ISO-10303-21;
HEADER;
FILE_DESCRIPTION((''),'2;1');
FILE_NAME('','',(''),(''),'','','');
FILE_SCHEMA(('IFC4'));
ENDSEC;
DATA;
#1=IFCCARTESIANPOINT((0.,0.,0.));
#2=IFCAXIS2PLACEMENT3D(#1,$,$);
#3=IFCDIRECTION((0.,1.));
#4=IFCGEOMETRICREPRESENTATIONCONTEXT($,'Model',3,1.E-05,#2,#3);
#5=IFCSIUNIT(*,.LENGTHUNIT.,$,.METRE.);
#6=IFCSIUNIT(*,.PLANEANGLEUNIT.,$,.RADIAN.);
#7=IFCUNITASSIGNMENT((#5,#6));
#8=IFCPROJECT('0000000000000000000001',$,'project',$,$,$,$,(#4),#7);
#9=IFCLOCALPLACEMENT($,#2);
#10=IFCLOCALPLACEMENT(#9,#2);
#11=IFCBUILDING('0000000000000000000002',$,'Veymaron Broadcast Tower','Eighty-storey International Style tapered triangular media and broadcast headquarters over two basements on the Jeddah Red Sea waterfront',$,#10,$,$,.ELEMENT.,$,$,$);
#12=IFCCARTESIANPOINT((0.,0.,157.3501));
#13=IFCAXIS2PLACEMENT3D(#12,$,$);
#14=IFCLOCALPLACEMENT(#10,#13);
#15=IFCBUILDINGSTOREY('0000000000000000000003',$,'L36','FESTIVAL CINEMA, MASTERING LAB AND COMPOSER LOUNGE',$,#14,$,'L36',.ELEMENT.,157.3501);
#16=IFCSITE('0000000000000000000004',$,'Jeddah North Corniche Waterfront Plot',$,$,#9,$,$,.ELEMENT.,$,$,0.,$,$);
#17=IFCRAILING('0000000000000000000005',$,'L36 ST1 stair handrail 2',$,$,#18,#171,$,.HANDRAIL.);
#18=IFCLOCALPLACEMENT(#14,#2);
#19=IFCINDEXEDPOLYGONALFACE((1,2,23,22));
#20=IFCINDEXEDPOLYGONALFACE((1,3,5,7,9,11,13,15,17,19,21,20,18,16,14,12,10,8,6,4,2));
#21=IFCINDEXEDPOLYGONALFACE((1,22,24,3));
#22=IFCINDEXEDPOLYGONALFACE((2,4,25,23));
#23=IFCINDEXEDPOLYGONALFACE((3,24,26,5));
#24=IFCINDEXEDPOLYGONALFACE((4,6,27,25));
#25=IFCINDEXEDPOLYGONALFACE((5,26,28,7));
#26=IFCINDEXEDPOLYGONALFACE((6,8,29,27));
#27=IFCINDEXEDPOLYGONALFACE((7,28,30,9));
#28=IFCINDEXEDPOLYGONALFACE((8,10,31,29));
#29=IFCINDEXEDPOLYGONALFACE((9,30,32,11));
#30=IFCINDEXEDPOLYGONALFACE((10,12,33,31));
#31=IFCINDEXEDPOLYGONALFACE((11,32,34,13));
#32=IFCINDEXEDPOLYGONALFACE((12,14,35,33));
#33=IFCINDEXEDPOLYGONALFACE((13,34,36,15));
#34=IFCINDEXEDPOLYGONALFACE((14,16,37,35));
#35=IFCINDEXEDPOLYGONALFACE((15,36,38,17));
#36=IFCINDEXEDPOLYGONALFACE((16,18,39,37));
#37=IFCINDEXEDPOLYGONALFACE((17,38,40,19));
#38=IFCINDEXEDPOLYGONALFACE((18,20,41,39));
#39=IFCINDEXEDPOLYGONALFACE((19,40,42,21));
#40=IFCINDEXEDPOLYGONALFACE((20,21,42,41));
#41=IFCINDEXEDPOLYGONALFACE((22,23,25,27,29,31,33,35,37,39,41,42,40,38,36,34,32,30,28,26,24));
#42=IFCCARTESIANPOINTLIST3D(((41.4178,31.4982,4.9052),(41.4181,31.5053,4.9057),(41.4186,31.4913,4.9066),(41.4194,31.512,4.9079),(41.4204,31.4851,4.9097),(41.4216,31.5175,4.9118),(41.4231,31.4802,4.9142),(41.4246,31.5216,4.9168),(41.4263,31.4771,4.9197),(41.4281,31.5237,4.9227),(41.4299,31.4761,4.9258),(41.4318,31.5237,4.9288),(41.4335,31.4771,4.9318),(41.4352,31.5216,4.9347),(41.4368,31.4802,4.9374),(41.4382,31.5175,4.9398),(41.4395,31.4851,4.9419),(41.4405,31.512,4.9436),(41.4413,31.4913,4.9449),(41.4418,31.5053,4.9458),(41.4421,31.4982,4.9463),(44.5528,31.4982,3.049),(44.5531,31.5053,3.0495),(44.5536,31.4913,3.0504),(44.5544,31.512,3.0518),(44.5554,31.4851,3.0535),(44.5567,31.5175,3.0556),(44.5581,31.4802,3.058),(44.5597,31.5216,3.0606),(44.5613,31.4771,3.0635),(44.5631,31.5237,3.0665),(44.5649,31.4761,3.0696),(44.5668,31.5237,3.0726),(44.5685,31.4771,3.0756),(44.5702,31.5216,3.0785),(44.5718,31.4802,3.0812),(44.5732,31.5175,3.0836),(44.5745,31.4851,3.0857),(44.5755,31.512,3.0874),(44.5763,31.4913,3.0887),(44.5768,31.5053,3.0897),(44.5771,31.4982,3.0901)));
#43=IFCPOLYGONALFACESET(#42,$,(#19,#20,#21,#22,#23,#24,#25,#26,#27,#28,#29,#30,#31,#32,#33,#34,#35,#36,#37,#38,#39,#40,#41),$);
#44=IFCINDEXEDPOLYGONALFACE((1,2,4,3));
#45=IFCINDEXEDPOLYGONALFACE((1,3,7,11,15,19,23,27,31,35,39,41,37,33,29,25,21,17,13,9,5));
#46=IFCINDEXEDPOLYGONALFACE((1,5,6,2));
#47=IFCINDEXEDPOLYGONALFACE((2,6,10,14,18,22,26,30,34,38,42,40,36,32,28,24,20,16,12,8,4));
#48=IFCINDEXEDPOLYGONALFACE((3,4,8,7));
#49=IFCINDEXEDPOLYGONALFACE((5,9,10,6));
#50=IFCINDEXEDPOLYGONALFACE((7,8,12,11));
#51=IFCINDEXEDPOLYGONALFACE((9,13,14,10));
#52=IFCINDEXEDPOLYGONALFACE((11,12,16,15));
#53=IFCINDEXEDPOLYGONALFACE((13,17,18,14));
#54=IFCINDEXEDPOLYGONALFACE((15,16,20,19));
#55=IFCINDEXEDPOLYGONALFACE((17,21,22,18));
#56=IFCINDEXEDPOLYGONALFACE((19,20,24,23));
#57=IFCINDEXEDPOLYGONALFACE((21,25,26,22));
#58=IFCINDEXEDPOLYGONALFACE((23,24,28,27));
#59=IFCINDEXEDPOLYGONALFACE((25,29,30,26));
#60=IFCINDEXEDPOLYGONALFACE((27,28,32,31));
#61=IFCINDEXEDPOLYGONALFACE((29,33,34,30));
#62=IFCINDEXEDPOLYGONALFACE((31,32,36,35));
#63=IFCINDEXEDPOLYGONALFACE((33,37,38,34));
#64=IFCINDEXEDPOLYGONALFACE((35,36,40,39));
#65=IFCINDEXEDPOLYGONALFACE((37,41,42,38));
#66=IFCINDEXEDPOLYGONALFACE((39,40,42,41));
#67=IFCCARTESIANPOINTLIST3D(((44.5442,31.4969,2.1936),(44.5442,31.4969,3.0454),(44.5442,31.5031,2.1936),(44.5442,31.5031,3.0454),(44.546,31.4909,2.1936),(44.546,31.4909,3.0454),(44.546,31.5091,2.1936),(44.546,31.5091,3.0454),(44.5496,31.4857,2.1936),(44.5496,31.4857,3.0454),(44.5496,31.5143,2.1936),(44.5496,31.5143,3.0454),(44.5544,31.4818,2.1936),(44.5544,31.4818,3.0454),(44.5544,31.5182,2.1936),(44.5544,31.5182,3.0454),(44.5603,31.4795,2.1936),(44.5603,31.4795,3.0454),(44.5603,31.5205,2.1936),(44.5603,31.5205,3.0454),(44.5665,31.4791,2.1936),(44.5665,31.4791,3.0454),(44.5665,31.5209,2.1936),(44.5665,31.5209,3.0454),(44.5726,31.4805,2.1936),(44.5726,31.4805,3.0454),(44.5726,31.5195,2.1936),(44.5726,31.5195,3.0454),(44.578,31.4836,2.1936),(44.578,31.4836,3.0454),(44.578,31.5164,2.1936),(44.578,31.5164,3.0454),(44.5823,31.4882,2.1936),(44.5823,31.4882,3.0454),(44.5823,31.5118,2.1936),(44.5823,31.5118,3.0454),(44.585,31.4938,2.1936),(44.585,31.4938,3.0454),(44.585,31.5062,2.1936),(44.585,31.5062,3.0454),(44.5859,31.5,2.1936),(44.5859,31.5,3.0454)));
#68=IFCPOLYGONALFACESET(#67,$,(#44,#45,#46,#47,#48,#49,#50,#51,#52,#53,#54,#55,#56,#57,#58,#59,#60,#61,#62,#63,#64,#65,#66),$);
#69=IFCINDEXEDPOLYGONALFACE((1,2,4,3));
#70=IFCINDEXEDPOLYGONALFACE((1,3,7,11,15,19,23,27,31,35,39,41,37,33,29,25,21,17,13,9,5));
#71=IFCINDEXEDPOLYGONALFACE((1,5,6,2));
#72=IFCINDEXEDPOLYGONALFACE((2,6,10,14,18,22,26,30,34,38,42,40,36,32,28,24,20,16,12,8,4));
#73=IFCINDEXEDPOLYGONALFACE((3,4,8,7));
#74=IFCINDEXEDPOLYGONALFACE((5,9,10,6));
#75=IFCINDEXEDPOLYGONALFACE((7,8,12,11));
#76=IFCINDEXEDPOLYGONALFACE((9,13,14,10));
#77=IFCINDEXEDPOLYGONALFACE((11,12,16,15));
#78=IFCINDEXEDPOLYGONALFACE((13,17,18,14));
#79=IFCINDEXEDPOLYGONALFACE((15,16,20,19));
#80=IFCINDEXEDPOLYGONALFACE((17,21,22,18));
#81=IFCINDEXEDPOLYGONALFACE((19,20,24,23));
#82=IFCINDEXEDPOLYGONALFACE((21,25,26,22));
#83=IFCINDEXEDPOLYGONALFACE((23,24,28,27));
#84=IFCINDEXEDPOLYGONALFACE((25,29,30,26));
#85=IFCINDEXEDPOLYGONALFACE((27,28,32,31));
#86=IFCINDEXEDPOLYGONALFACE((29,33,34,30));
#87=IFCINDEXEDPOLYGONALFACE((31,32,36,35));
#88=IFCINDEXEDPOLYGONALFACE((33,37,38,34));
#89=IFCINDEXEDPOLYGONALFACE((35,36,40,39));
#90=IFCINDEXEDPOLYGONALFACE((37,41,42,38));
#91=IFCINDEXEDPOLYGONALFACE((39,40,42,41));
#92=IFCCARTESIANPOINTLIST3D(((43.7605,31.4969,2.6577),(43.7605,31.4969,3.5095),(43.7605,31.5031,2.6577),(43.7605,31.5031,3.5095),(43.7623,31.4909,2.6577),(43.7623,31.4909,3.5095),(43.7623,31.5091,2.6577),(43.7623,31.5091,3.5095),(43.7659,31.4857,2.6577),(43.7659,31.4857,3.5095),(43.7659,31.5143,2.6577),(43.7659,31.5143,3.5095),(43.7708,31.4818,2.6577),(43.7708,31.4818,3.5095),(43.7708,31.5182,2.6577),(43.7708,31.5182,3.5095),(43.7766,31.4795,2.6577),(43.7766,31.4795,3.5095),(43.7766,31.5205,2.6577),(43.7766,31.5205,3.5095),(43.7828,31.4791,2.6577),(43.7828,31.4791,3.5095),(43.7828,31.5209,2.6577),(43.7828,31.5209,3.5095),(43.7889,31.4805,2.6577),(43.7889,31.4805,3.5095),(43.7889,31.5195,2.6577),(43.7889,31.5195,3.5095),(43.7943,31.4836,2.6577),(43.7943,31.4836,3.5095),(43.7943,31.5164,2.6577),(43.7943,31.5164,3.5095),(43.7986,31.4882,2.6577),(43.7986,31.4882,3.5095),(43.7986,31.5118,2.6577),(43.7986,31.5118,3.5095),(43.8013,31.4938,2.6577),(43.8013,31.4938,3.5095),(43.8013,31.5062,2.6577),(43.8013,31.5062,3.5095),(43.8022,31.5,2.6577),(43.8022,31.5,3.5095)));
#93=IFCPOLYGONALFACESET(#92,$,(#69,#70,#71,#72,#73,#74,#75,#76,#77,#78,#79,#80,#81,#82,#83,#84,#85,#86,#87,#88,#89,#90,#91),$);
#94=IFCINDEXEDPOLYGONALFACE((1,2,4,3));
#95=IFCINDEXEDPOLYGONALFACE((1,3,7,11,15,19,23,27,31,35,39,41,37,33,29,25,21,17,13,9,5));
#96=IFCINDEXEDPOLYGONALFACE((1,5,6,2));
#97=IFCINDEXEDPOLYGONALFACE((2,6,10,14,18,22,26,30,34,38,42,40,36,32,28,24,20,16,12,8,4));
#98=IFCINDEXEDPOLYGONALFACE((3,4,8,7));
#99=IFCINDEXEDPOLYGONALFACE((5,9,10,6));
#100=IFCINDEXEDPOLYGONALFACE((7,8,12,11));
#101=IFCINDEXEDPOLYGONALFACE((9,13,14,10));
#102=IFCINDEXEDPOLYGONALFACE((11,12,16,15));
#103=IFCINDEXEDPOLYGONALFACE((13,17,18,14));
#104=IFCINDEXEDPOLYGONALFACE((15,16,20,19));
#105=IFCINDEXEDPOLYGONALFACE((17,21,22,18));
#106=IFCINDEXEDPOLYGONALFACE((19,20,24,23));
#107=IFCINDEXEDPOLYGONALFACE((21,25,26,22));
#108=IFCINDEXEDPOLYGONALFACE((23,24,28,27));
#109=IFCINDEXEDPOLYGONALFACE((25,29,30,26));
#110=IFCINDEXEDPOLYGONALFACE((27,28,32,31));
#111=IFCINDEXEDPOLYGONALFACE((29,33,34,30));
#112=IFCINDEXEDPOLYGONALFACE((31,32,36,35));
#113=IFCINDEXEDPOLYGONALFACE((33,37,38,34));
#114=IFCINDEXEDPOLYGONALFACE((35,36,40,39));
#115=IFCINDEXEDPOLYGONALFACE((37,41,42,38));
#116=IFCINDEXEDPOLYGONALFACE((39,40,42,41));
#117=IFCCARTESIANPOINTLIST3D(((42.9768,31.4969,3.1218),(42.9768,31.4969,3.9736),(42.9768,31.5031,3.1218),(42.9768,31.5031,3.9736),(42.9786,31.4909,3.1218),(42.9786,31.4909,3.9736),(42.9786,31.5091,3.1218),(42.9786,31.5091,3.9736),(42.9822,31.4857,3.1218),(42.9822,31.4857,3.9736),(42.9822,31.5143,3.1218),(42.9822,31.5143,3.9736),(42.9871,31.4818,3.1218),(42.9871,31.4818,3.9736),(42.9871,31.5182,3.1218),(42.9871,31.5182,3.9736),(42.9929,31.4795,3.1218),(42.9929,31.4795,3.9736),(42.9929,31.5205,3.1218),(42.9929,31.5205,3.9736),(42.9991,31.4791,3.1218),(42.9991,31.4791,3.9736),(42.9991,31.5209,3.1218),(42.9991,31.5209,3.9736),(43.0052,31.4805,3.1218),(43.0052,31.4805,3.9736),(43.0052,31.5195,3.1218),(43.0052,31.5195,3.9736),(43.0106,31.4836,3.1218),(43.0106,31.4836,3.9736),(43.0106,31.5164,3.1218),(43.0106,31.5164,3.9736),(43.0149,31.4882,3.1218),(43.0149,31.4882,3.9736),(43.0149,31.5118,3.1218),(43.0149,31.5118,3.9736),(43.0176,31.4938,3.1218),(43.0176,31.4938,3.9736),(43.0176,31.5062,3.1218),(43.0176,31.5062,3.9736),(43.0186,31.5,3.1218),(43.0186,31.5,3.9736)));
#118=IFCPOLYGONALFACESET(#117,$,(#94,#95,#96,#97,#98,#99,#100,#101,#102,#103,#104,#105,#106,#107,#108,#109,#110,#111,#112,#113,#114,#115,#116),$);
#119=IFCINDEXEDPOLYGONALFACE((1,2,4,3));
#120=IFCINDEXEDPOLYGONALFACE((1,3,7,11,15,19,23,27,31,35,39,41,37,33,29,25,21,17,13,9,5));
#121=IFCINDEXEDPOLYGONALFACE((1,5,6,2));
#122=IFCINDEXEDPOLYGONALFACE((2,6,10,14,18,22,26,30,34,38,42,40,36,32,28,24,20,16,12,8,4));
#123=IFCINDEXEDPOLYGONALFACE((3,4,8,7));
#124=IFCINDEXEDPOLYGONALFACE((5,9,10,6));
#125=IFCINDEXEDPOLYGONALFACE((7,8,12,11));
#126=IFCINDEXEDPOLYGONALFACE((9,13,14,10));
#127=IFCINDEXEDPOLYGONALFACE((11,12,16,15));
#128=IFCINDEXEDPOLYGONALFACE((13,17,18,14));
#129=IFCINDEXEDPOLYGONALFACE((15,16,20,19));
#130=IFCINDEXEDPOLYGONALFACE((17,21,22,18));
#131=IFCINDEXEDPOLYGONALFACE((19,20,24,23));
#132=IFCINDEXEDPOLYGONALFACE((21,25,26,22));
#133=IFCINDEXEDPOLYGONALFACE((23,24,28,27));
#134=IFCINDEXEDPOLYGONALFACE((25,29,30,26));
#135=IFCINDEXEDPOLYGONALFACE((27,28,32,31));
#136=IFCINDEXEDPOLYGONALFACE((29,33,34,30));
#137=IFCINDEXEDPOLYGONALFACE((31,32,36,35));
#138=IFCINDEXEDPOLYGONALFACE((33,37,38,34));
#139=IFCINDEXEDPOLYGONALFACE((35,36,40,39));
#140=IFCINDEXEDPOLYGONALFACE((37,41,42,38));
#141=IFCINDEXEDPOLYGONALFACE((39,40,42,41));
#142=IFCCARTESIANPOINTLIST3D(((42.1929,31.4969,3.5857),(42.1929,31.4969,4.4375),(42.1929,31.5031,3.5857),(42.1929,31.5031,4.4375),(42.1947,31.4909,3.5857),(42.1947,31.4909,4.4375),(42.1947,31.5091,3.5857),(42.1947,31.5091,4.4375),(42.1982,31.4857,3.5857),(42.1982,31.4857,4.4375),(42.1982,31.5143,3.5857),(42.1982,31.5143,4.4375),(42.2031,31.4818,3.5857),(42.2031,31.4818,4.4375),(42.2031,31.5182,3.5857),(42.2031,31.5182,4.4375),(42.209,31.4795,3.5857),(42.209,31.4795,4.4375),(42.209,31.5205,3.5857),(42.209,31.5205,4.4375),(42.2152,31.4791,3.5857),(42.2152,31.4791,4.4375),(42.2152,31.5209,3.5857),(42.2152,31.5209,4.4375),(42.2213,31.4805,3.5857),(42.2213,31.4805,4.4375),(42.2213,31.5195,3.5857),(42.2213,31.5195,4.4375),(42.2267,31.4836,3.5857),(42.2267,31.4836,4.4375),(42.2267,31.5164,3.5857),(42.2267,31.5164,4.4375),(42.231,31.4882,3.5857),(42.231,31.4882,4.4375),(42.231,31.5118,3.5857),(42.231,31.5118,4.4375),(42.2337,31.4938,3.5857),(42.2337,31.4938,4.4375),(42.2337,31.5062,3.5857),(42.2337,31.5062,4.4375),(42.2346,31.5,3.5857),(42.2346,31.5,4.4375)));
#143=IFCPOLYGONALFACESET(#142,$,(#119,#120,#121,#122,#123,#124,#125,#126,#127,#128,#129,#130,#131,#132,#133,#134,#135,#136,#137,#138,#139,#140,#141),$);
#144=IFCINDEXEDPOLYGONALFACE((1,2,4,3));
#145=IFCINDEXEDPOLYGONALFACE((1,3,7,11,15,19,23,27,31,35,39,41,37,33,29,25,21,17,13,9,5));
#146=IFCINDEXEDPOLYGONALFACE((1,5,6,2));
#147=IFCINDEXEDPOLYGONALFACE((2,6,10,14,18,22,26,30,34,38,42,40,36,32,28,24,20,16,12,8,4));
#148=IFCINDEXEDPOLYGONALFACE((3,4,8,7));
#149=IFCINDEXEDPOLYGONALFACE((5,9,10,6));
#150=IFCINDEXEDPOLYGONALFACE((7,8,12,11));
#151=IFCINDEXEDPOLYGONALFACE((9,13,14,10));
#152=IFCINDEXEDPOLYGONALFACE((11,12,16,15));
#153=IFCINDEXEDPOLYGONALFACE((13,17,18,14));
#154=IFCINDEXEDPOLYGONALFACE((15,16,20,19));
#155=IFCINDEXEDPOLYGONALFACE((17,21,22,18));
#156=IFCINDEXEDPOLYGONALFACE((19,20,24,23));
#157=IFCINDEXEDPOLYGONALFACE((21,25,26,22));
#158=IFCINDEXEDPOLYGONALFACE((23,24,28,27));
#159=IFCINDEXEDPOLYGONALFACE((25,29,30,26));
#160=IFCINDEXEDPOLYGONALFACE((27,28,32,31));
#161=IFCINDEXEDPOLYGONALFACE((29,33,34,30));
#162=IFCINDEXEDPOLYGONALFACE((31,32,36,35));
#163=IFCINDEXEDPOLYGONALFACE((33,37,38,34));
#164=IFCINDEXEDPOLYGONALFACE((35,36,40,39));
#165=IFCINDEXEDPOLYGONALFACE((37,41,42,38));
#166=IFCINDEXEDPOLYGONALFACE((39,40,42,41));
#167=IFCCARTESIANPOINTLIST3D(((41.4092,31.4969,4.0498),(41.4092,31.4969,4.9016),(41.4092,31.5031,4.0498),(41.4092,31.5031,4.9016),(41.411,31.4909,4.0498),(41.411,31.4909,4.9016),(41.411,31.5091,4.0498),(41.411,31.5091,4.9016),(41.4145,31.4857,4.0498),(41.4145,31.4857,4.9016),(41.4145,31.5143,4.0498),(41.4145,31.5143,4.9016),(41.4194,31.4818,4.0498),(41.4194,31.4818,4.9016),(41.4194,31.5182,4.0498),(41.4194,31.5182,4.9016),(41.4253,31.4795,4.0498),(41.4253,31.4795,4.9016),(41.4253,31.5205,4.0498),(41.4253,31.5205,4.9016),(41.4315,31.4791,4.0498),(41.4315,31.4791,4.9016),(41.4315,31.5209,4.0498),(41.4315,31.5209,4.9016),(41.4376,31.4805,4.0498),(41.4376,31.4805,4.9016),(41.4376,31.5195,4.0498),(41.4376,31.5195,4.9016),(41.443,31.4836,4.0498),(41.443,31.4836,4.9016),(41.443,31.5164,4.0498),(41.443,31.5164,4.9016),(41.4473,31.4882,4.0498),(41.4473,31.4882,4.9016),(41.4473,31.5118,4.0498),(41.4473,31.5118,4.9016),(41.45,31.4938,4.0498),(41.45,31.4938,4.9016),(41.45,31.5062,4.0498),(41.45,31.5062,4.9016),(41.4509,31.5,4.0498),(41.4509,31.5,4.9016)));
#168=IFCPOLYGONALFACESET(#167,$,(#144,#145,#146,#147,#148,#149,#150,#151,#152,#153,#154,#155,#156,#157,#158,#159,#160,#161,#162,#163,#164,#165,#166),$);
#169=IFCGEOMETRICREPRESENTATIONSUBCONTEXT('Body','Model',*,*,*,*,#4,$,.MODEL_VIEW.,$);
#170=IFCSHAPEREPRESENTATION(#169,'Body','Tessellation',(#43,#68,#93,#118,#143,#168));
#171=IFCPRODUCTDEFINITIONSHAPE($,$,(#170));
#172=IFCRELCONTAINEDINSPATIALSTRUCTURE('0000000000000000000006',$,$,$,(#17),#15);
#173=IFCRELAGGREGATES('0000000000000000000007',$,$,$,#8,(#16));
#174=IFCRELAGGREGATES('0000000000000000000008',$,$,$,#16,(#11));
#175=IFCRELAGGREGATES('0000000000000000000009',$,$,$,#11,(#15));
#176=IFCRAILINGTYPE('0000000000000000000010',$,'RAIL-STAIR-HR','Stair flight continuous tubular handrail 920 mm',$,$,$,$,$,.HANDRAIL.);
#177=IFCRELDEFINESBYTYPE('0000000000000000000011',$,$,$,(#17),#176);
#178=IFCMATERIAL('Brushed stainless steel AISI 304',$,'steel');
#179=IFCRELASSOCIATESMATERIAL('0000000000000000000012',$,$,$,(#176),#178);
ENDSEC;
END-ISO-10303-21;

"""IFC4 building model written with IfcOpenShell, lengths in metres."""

from ifc_helpers import new_model, si_unit, direction, frame, origin, origin_2d, place, context, subcontext, project, spatial, circle, extrude, material, type_object, element, save


model = new_model("IFC4")

# Units and contexts
model_context = context("Model", 3, precision=1e-05, world=origin(), true_north=direction((0.0, 1.0)))
body_context = subcontext(model_context, "Body", "Model", "MODEL_VIEW")
ifc_project = project(units=[si_unit("LENGTHUNIT", "METRE"), si_unit("PLANEANGLEUNIT", "RADIAN")], contexts=[model_context])

# Site, building, storey
site_placement = place(None, origin())
site = spatial("IfcSite", under=ifc_project, at=site_placement, Name="Jeddah North Corniche Waterfront Plot", CompositionType="ELEMENT", RefElevation=0.0)
building_placement = place(site_placement, origin())
building = spatial("IfcBuilding", under=site, at=building_placement, Name="Veymaron Broadcast Tower", Description="Eighty-storey International Style tapered triangular media and broadcast headquarters over two basements on the Jeddah Red Sea waterfront", CompositionType="ELEMENT")
storey_placement = place(building_placement, frame((0.0, 0.0, 157.3501)))
storey = spatial("IfcBuildingStorey", under=building, at=storey_placement, Name="L36", Description="FESTIVAL CINEMA, MASTERING LAB AND COMPOSER LOUNGE", LongName="L36", CompositionType="ELEMENT", Elevation=157.3501)

# Railing
ifc_material_1 = material(Name="Brushed stainless steel AISI 304", Category="steel")
railing_type_1 = type_object("IfcRailingType", Name="RAIL-STAIR-HR", Description="Stair flight continuous tubular handrail 920 mm", PredefinedType="HANDRAIL", material=ifc_material_1)
railing_1_placement = place(storey_placement, frame((44.5649, 31.5, 2.1936)))
element("IfcRailing", 1, at=railing_1_placement, inside=storey, type_object=railing_type_1, Name="L36 ST1 stair handrail 2", PredefinedType="HANDRAIL", context=body_context, shape_type="SweptSolid", body=[
    extrude(circle(Radius=0.0239, at=origin_2d()), frame((0.0, 0.0, 0.876), z_axis=(-0.860482, 0.0, 0.509481), x_axis=(0.0, -1.0, 0.0)), (0.0, 0.0, 1.0), 3.6433),
    extrude(circle(Radius=0.021, at=origin_2d()), origin(), (0.0, 0.0, 1.0), 0.8518),
    extrude(circle(Radius=0.021, at=origin_2d()), frame((-0.7837, 0.0, 0.4641)), (0.0, 0.0, 1.0), 0.8518),
    extrude(circle(Radius=0.021, at=origin_2d()), frame((-1.5674, 0.0, 0.9282)), (0.0, 0.0, 1.0), 0.8518),
    extrude(circle(Radius=0.021, at=origin_2d()), frame((-2.3513, 0.0, 1.3921)), (0.0, 0.0, 1.0), 0.8518),
    extrude(circle(Radius=0.021, at=origin_2d()), frame((-3.135, 0.0, 1.8562)), (0.0, 0.0, 1.0), 0.8518),
])

save(model, "model.ifc")
